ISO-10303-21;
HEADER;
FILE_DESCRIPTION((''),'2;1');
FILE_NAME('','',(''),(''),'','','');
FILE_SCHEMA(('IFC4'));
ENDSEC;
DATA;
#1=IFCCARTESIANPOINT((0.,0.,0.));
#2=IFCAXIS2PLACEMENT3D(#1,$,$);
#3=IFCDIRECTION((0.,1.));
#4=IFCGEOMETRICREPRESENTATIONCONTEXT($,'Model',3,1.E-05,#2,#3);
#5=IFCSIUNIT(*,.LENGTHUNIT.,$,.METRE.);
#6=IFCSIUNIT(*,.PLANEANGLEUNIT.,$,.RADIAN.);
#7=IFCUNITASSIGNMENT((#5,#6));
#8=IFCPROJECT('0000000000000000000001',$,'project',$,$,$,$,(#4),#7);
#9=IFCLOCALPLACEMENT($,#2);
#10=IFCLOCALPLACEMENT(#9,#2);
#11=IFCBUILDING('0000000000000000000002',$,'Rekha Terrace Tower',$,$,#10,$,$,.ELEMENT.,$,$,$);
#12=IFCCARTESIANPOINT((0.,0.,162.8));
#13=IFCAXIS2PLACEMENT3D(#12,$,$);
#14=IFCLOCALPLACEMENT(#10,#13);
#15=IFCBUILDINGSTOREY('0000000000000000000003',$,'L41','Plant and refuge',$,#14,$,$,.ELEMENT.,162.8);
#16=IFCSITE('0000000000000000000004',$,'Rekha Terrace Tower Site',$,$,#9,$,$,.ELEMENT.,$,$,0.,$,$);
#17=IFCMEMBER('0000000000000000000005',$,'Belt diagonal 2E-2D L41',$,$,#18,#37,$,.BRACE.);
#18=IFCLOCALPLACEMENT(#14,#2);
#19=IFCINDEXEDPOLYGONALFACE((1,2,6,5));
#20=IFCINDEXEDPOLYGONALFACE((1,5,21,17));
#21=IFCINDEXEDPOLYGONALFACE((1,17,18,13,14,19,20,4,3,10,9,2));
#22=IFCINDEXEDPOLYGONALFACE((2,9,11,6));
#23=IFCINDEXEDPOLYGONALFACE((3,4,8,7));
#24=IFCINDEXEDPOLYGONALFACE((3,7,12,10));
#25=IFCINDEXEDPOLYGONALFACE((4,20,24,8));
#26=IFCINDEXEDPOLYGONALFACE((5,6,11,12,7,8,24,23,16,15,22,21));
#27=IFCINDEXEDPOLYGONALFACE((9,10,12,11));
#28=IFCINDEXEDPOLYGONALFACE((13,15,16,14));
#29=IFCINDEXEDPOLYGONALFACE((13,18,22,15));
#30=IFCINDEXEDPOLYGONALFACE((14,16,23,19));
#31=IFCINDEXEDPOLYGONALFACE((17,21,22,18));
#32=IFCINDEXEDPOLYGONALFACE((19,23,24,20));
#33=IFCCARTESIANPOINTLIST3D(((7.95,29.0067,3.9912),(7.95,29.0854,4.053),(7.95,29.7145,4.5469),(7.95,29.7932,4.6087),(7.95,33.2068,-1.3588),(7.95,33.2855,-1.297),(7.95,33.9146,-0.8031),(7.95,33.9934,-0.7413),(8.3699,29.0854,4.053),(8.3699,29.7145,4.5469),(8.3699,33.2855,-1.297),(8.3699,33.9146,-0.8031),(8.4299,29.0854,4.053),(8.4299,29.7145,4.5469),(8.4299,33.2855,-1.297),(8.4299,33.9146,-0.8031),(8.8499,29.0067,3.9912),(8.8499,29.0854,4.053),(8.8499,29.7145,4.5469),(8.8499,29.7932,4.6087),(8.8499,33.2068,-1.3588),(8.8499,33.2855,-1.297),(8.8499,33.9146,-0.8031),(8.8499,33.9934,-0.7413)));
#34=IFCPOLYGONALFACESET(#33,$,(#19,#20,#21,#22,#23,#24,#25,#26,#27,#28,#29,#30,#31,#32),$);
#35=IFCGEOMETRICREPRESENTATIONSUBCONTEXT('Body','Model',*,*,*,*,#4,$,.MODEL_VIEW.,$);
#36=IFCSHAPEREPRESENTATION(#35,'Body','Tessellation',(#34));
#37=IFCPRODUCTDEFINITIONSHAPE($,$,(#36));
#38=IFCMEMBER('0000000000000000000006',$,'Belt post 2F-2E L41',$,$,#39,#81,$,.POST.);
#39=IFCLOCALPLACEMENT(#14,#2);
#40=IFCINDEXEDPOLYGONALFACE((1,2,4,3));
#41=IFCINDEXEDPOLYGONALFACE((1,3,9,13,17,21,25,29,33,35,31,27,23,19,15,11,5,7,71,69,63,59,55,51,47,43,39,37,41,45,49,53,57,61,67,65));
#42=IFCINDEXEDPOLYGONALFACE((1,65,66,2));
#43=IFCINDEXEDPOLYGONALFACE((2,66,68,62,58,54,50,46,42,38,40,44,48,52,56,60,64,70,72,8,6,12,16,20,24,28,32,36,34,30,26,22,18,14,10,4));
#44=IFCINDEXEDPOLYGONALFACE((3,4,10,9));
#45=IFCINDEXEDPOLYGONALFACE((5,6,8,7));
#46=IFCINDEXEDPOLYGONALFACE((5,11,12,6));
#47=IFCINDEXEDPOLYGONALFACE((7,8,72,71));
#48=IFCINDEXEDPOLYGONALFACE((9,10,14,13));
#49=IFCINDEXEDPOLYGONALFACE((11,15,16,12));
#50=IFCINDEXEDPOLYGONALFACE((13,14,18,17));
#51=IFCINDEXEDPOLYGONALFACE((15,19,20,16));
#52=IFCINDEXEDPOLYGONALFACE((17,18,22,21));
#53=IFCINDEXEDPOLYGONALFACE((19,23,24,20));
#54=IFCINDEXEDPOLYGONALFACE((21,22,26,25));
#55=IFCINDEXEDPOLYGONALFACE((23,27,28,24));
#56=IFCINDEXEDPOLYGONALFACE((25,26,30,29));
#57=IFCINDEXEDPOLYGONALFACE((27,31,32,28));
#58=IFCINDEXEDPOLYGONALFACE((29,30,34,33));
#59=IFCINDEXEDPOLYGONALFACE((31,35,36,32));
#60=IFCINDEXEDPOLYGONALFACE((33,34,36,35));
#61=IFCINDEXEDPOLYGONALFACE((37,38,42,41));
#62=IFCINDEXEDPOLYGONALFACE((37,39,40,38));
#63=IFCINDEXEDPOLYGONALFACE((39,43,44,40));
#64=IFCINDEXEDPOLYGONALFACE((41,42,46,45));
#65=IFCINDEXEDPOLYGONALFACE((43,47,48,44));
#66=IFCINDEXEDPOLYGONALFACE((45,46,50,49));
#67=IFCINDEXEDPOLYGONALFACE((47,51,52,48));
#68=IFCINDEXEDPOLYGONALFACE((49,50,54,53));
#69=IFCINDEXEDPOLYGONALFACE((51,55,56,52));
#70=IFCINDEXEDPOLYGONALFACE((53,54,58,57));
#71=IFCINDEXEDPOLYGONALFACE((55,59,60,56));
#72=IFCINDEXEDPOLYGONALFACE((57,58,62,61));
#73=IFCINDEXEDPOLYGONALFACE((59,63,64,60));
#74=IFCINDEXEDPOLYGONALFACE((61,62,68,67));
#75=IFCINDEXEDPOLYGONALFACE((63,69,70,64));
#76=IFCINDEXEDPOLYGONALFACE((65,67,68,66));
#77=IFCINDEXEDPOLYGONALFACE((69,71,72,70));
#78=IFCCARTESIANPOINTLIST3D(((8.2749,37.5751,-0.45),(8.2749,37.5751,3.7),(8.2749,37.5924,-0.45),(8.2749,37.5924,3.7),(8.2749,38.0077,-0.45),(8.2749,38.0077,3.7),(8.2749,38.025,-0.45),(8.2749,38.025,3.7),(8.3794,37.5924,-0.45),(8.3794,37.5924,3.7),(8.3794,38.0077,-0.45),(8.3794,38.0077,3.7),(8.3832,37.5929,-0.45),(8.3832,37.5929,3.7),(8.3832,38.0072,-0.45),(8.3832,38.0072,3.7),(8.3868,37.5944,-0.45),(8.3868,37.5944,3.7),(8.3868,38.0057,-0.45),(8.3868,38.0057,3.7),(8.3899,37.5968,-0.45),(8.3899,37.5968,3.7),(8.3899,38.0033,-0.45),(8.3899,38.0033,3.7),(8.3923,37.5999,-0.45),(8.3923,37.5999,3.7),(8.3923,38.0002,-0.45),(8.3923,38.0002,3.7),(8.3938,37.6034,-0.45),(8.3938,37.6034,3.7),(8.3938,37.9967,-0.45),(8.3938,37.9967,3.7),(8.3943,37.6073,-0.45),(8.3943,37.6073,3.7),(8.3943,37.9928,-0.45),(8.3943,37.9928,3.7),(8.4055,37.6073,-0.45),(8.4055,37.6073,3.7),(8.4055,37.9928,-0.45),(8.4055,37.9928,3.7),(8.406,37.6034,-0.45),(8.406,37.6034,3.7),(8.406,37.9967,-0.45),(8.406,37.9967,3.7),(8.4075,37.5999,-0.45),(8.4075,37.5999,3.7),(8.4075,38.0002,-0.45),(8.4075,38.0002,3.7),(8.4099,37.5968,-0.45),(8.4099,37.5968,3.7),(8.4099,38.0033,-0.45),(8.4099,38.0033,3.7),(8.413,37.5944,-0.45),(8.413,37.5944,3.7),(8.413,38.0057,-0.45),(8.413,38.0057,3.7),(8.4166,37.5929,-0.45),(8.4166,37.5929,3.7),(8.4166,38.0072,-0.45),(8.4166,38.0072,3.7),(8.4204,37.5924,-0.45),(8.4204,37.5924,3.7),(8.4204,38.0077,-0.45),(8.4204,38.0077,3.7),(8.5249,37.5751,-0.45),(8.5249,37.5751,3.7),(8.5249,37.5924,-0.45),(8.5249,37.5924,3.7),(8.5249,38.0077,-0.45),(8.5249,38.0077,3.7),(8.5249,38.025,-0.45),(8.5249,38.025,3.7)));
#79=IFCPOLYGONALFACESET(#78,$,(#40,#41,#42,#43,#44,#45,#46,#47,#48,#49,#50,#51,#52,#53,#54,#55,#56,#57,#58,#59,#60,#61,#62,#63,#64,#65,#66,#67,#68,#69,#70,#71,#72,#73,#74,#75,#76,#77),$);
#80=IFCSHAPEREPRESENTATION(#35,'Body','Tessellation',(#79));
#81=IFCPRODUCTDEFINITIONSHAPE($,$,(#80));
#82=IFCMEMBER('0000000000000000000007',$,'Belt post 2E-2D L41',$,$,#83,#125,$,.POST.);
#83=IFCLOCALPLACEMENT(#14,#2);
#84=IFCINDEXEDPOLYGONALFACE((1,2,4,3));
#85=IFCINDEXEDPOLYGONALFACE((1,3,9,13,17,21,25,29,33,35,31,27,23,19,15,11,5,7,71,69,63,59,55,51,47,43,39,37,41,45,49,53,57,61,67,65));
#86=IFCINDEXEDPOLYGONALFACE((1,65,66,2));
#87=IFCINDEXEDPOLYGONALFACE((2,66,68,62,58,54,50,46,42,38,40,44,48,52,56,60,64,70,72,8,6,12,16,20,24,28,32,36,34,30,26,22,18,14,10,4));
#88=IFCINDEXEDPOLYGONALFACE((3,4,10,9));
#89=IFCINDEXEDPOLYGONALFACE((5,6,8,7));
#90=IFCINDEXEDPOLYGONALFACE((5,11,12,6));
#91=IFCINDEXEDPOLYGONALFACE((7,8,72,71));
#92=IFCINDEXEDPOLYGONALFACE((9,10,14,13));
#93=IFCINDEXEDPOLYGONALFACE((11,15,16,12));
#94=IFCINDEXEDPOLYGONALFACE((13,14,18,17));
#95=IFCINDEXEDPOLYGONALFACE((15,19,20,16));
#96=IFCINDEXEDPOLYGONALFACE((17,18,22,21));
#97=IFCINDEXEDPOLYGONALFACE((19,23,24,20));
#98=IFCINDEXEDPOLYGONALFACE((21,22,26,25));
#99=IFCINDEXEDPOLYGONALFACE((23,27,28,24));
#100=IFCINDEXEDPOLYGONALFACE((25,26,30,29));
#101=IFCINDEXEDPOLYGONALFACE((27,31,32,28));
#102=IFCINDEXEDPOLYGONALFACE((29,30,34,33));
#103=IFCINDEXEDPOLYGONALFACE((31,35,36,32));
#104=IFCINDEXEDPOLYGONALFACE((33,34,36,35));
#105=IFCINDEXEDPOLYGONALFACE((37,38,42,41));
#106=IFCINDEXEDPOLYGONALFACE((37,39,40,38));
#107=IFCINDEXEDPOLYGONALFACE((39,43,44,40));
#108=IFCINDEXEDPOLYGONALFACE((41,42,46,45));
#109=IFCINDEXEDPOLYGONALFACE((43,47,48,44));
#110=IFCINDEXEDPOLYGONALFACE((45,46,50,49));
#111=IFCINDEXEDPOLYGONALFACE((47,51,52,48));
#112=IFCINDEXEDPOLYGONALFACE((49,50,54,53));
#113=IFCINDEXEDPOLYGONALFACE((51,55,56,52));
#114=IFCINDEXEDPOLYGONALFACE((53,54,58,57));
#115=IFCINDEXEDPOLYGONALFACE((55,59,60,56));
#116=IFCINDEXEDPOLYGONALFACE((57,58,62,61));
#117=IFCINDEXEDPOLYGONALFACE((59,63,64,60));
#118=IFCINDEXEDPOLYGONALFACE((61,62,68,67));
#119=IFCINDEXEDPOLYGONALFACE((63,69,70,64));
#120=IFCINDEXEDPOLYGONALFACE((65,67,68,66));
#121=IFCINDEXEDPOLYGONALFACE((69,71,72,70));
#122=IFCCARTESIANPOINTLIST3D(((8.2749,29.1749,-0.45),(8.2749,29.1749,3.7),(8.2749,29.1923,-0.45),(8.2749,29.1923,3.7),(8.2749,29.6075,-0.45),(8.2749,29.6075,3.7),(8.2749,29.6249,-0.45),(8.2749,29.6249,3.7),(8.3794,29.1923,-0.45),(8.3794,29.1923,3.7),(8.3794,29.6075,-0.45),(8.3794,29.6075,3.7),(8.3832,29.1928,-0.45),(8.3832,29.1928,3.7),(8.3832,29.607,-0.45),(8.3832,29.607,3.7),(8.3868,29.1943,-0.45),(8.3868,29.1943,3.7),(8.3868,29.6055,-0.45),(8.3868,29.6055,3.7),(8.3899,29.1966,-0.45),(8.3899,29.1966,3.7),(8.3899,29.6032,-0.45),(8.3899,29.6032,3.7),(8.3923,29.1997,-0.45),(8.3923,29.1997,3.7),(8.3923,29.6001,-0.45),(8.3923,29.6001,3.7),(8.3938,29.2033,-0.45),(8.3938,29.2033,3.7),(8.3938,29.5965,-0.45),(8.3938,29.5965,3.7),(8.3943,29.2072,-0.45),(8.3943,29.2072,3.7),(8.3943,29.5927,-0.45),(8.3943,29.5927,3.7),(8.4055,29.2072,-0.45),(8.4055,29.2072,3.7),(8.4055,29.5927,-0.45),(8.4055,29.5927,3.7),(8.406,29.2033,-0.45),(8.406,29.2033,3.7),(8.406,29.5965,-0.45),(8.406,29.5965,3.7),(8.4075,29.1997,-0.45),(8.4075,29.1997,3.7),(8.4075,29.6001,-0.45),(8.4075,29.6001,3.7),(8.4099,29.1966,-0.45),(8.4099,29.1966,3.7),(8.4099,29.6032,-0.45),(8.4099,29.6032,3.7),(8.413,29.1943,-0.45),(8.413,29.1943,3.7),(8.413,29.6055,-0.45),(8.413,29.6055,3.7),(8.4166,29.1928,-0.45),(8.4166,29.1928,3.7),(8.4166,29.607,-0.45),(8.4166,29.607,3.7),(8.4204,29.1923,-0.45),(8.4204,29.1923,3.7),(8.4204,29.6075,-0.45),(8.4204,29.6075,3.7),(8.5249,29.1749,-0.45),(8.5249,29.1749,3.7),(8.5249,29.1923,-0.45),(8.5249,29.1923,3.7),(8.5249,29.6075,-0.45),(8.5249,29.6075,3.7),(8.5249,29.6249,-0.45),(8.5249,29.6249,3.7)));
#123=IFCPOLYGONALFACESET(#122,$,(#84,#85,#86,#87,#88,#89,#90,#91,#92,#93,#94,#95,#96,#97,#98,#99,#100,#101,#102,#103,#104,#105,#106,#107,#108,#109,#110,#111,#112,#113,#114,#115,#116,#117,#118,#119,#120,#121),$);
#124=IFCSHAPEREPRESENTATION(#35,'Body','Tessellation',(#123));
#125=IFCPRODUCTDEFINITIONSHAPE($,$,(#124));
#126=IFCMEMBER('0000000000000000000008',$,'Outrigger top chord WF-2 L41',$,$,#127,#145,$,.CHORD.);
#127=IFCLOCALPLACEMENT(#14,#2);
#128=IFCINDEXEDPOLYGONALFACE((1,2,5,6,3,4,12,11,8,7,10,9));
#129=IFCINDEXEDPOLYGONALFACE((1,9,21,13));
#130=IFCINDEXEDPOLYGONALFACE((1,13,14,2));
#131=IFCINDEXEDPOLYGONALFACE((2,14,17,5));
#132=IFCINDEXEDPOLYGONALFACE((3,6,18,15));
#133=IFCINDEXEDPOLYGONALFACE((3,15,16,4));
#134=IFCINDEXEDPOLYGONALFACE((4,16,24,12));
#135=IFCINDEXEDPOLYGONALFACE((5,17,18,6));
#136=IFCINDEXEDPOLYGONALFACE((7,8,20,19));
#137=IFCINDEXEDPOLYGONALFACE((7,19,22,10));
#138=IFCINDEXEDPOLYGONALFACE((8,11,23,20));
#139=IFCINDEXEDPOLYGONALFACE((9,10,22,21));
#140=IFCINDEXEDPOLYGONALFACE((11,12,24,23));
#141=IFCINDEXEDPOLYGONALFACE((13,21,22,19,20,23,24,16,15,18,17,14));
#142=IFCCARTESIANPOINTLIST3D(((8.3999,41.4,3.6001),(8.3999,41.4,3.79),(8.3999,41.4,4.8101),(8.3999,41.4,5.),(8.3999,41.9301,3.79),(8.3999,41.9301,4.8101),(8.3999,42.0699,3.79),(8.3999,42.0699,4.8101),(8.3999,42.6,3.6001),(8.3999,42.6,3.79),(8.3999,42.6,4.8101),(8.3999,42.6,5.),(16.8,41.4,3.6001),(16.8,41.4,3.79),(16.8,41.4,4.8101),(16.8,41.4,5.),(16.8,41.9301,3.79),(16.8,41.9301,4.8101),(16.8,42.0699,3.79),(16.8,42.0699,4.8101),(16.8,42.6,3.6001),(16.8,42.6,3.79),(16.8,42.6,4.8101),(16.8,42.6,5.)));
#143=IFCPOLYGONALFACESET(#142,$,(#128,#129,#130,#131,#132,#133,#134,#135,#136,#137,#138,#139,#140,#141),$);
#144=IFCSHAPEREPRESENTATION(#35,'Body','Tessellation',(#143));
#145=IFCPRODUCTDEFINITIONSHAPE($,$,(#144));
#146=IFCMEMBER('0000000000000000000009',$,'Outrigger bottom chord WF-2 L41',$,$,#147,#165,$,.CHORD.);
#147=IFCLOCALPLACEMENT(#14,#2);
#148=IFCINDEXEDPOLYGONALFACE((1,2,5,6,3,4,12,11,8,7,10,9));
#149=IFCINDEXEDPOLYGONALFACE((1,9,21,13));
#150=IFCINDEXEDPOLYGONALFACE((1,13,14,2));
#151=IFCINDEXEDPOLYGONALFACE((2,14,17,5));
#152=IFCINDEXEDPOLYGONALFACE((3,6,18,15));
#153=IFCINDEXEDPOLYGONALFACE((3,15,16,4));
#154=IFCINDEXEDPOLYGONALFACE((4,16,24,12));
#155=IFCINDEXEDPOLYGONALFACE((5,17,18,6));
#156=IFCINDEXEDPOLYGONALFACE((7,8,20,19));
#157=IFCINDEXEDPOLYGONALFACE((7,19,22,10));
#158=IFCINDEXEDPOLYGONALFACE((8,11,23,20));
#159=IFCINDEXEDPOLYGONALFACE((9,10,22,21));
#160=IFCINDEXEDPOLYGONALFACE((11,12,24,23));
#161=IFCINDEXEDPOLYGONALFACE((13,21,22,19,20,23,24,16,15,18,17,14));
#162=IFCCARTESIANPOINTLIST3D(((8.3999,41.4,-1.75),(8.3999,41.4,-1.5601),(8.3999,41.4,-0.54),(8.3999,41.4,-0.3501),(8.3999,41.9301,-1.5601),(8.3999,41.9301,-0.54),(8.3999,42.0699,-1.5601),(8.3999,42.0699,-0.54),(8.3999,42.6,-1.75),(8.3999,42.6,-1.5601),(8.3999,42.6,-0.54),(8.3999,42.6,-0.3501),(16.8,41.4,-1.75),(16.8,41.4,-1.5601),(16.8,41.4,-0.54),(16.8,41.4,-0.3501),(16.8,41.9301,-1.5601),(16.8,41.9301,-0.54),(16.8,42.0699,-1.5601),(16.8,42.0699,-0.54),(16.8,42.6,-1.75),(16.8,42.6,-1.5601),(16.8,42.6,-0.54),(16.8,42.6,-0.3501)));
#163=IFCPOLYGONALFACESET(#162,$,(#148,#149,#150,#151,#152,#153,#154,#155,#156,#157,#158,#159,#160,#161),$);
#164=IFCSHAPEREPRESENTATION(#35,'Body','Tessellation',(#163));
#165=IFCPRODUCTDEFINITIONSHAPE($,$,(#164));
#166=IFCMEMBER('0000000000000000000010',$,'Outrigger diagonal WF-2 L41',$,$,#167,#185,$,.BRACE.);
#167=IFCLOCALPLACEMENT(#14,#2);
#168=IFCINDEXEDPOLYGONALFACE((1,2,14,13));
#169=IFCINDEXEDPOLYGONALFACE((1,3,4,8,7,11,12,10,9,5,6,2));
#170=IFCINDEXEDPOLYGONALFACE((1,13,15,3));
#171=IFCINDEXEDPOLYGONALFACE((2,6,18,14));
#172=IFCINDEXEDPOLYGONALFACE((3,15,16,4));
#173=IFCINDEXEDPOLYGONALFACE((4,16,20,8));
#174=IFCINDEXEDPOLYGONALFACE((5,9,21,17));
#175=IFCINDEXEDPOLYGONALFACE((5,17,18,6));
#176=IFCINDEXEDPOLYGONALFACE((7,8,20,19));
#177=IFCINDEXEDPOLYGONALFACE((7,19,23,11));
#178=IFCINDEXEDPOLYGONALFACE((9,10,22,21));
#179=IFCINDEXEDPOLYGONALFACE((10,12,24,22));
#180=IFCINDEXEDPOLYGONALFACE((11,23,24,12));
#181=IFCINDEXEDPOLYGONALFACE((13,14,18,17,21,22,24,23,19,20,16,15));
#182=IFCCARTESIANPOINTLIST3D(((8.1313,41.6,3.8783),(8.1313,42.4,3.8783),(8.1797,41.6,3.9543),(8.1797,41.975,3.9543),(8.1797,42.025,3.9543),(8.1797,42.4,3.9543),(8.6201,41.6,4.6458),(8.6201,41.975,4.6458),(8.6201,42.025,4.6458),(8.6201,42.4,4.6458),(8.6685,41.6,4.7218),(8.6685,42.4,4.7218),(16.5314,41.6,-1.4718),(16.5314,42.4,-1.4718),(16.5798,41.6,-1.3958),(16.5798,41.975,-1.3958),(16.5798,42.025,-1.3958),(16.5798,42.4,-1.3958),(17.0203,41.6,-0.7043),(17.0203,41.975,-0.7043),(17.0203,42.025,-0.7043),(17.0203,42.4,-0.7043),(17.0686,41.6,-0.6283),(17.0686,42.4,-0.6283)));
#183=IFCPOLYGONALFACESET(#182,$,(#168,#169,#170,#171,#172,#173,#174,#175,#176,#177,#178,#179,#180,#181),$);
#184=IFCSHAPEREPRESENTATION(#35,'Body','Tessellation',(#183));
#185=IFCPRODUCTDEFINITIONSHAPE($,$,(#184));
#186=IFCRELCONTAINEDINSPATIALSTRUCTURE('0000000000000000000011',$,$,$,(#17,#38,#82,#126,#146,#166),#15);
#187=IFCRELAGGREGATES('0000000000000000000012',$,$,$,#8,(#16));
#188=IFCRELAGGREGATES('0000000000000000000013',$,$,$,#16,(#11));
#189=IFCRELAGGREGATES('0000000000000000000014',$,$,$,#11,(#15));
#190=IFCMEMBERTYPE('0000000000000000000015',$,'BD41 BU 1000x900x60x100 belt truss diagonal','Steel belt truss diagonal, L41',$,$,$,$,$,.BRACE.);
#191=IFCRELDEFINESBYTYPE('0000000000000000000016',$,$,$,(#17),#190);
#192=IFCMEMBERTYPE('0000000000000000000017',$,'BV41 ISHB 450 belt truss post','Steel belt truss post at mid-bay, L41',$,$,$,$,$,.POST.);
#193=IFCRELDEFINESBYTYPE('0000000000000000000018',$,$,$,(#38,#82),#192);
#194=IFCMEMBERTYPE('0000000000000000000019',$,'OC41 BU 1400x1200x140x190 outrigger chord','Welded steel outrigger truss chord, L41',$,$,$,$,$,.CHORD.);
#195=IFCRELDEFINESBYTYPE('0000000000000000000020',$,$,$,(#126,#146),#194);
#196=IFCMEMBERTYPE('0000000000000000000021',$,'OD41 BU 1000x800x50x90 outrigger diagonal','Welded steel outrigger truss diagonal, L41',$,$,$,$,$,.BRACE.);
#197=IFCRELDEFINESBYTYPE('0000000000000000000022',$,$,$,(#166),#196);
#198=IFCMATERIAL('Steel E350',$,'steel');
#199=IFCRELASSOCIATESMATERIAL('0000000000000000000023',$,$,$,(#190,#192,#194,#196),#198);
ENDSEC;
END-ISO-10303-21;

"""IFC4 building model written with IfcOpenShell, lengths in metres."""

from ifc_helpers import new_model, si_unit, direction, frame, origin, origin_2d, place, context, subcontext, project, spatial, i_section, extrude, material, material_profile, profile_set, type_object, element, save


model = new_model("IFC4")

# Units and contexts
model_context = context("Model", 3, precision=1e-05, world=origin(), true_north=direction((0.0, 1.0)))
body_context = subcontext(model_context, "Body", "Model", "MODEL_VIEW")
ifc_project = project(units=[si_unit("LENGTHUNIT", "METRE"), si_unit("PLANEANGLEUNIT", "RADIAN")], contexts=[model_context])

# Site, building, storey
site_placement = place(None, origin())
site = spatial("IfcSite", under=ifc_project, at=site_placement, Name="Rekha Terrace Tower Site", CompositionType="ELEMENT", RefElevation=0.0)
building_placement = place(site_placement, origin())
building = spatial("IfcBuilding", under=site, at=building_placement, Name="Rekha Terrace Tower", CompositionType="ELEMENT")
storey_placement = place(building_placement, frame((0.0, 0.0, 162.8)))
storey = spatial("IfcBuildingStorey", under=building, at=storey_placement, Name="L41", Description="Plant and refuge", CompositionType="ELEMENT", Elevation=162.8)

# Members
ifc_material_1 = material(Name="Steel E350", Category="steel")
ifc_material_profile_1 = material_profile(ifc_material_1, i_section(OverallWidth=0.8999, OverallDepth=1.0, WebThickness=0.0601, FlangeThickness=0.1001, at=origin_2d()), Name="BU 1000x900x60x100")
ifc_profile_set_1 = profile_set([ifc_material_profile_1], Name="Steel E350")
member_type_1 = type_object("IfcMemberType", Name="BD41 BU 1000x900x60x100 belt truss diagonal", Description="Steel belt truss diagonal, L41", PredefinedType="BRACE", material=ifc_profile_set_1)
for number, where, z_axis, x_axis, name in (
    (1, (8.3999, 33.6001, -1.05), (0.0, -0.617508, 0.786565), (1.0, 0.0, 0.0), "Belt diagonal 2E-2D L41"),
):
    element("IfcMember", number, at=place(storey_placement, frame(where, z_axis=z_axis, x_axis=x_axis)), inside=storey, type_object=member_type_1, Name=name, PredefinedType="BRACE", context=body_context, shape_type="SweptSolid", body=[
        extrude(i_section(OverallWidth=0.8999, OverallDepth=1.0, WebThickness=0.0601, FlangeThickness=0.1001, at=origin_2d()), origin(), (0.0, 0.0, 1.0), 6.8018),
    ])
ifc_material_profile_2 = material_profile(ifc_material_1, i_section(OverallWidth=0.25, OverallDepth=0.45, WebThickness=0.0112, FlangeThickness=0.0173, FilletRadius=0.0149, at=origin_2d()), Name="ISHB 450")
ifc_profile_set_2 = profile_set([ifc_material_profile_2], Name="Steel E350")
member_type_2 = type_object("IfcMemberType", Name="BV41 ISHB 450 belt truss post", Description="Steel belt truss post at mid-bay, L41", PredefinedType="POST", material=ifc_profile_set_2)
for number, where, z_axis, x_axis, name in (
    (2, (8.3999, 37.8, -0.45), (0.0, 0.0, 1.0), (1.0, 0.0, 0.0), "Belt post 2F-2E L41"),
    (3, (8.3999, 29.3999, -0.45), (0.0, 0.0, 1.0), (1.0, 0.0, 0.0), "Belt post 2E-2D L41"),
):
    element("IfcMember", number, at=place(storey_placement, frame(where, z_axis=z_axis, x_axis=x_axis)), inside=storey, type_object=member_type_2, Name=name, PredefinedType="POST", context=body_context, shape_type="SweptSolid", body=[
        extrude(i_section(OverallWidth=0.25, OverallDepth=0.45, WebThickness=0.0112, FlangeThickness=0.0173, FilletRadius=0.0149, at=origin_2d()), origin(), (0.0, 0.0, 1.0), 4.1499),
    ])
ifc_material_profile_3 = material_profile(ifc_material_1, i_section(OverallWidth=1.2, OverallDepth=1.3999, WebThickness=0.1399, FlangeThickness=0.1899, at=origin_2d()), Name="BU 1400x1200x140x190")
ifc_profile_set_3 = profile_set([ifc_material_profile_3], Name="Steel E350")
member_type_3 = type_object("IfcMemberType", Name="OC41 BU 1400x1200x140x190 outrigger chord", Description="Welded steel outrigger truss chord, L41", PredefinedType="CHORD", material=ifc_profile_set_3)
for number, where, z_axis, x_axis, name in (
    (4, (16.8, 42.0, 4.3), (-1.0, 0.0, 0.0), (0.0, -1.0, 0.0), "Outrigger top chord WF-2 L41"),
    (5, (16.8, 42.0, -1.05), (-1.0, 0.0, 0.0), (0.0, -1.0, 0.0), "Outrigger bottom chord WF-2 L41"),
):
    element("IfcMember", number, at=place(storey_placement, frame(where, z_axis=z_axis, x_axis=x_axis)), inside=storey, type_object=member_type_3, Name=name, PredefinedType="CHORD", context=body_context, shape_type="SweptSolid", body=[
        extrude(i_section(OverallWidth=1.2, OverallDepth=1.3999, WebThickness=0.1399, FlangeThickness=0.1899, at=origin_2d()), origin(), (0.0, 0.0, 1.0), 8.4001),
    ])
ifc_material_profile_4 = material_profile(ifc_material_1, i_section(OverallWidth=0.8, OverallDepth=1.0, WebThickness=0.05, FlangeThickness=0.0901, at=origin_2d()), Name="BU 1000x800x50x90")
ifc_profile_set_4 = profile_set([ifc_material_profile_4], Name="Steel E350")
member_type_4 = type_object("IfcMemberType", Name="OD41 BU 1000x800x50x90 outrigger diagonal", Description="Welded steel outrigger truss diagonal, L41", PredefinedType="BRACE", material=ifc_profile_set_4)
member_placement = place(storey_placement, frame((16.8, 42.0, -1.05), z_axis=(-0.843454, 0.0, 0.537201), x_axis=(0.0, -1.0, 0.0)))
element("IfcMember", 6, at=member_placement, inside=storey, type_object=member_type_4, Name="Outrigger diagonal WF-2 L41", PredefinedType="BRACE", context=body_context, shape_type="SweptSolid", body=[
    extrude(i_section(OverallWidth=0.8, OverallDepth=1.0, WebThickness=0.05, FlangeThickness=0.0901, at=origin_2d()), origin(), (0.0, 0.0, 1.0), 9.9592),
])

save(model, "model.ifc")
